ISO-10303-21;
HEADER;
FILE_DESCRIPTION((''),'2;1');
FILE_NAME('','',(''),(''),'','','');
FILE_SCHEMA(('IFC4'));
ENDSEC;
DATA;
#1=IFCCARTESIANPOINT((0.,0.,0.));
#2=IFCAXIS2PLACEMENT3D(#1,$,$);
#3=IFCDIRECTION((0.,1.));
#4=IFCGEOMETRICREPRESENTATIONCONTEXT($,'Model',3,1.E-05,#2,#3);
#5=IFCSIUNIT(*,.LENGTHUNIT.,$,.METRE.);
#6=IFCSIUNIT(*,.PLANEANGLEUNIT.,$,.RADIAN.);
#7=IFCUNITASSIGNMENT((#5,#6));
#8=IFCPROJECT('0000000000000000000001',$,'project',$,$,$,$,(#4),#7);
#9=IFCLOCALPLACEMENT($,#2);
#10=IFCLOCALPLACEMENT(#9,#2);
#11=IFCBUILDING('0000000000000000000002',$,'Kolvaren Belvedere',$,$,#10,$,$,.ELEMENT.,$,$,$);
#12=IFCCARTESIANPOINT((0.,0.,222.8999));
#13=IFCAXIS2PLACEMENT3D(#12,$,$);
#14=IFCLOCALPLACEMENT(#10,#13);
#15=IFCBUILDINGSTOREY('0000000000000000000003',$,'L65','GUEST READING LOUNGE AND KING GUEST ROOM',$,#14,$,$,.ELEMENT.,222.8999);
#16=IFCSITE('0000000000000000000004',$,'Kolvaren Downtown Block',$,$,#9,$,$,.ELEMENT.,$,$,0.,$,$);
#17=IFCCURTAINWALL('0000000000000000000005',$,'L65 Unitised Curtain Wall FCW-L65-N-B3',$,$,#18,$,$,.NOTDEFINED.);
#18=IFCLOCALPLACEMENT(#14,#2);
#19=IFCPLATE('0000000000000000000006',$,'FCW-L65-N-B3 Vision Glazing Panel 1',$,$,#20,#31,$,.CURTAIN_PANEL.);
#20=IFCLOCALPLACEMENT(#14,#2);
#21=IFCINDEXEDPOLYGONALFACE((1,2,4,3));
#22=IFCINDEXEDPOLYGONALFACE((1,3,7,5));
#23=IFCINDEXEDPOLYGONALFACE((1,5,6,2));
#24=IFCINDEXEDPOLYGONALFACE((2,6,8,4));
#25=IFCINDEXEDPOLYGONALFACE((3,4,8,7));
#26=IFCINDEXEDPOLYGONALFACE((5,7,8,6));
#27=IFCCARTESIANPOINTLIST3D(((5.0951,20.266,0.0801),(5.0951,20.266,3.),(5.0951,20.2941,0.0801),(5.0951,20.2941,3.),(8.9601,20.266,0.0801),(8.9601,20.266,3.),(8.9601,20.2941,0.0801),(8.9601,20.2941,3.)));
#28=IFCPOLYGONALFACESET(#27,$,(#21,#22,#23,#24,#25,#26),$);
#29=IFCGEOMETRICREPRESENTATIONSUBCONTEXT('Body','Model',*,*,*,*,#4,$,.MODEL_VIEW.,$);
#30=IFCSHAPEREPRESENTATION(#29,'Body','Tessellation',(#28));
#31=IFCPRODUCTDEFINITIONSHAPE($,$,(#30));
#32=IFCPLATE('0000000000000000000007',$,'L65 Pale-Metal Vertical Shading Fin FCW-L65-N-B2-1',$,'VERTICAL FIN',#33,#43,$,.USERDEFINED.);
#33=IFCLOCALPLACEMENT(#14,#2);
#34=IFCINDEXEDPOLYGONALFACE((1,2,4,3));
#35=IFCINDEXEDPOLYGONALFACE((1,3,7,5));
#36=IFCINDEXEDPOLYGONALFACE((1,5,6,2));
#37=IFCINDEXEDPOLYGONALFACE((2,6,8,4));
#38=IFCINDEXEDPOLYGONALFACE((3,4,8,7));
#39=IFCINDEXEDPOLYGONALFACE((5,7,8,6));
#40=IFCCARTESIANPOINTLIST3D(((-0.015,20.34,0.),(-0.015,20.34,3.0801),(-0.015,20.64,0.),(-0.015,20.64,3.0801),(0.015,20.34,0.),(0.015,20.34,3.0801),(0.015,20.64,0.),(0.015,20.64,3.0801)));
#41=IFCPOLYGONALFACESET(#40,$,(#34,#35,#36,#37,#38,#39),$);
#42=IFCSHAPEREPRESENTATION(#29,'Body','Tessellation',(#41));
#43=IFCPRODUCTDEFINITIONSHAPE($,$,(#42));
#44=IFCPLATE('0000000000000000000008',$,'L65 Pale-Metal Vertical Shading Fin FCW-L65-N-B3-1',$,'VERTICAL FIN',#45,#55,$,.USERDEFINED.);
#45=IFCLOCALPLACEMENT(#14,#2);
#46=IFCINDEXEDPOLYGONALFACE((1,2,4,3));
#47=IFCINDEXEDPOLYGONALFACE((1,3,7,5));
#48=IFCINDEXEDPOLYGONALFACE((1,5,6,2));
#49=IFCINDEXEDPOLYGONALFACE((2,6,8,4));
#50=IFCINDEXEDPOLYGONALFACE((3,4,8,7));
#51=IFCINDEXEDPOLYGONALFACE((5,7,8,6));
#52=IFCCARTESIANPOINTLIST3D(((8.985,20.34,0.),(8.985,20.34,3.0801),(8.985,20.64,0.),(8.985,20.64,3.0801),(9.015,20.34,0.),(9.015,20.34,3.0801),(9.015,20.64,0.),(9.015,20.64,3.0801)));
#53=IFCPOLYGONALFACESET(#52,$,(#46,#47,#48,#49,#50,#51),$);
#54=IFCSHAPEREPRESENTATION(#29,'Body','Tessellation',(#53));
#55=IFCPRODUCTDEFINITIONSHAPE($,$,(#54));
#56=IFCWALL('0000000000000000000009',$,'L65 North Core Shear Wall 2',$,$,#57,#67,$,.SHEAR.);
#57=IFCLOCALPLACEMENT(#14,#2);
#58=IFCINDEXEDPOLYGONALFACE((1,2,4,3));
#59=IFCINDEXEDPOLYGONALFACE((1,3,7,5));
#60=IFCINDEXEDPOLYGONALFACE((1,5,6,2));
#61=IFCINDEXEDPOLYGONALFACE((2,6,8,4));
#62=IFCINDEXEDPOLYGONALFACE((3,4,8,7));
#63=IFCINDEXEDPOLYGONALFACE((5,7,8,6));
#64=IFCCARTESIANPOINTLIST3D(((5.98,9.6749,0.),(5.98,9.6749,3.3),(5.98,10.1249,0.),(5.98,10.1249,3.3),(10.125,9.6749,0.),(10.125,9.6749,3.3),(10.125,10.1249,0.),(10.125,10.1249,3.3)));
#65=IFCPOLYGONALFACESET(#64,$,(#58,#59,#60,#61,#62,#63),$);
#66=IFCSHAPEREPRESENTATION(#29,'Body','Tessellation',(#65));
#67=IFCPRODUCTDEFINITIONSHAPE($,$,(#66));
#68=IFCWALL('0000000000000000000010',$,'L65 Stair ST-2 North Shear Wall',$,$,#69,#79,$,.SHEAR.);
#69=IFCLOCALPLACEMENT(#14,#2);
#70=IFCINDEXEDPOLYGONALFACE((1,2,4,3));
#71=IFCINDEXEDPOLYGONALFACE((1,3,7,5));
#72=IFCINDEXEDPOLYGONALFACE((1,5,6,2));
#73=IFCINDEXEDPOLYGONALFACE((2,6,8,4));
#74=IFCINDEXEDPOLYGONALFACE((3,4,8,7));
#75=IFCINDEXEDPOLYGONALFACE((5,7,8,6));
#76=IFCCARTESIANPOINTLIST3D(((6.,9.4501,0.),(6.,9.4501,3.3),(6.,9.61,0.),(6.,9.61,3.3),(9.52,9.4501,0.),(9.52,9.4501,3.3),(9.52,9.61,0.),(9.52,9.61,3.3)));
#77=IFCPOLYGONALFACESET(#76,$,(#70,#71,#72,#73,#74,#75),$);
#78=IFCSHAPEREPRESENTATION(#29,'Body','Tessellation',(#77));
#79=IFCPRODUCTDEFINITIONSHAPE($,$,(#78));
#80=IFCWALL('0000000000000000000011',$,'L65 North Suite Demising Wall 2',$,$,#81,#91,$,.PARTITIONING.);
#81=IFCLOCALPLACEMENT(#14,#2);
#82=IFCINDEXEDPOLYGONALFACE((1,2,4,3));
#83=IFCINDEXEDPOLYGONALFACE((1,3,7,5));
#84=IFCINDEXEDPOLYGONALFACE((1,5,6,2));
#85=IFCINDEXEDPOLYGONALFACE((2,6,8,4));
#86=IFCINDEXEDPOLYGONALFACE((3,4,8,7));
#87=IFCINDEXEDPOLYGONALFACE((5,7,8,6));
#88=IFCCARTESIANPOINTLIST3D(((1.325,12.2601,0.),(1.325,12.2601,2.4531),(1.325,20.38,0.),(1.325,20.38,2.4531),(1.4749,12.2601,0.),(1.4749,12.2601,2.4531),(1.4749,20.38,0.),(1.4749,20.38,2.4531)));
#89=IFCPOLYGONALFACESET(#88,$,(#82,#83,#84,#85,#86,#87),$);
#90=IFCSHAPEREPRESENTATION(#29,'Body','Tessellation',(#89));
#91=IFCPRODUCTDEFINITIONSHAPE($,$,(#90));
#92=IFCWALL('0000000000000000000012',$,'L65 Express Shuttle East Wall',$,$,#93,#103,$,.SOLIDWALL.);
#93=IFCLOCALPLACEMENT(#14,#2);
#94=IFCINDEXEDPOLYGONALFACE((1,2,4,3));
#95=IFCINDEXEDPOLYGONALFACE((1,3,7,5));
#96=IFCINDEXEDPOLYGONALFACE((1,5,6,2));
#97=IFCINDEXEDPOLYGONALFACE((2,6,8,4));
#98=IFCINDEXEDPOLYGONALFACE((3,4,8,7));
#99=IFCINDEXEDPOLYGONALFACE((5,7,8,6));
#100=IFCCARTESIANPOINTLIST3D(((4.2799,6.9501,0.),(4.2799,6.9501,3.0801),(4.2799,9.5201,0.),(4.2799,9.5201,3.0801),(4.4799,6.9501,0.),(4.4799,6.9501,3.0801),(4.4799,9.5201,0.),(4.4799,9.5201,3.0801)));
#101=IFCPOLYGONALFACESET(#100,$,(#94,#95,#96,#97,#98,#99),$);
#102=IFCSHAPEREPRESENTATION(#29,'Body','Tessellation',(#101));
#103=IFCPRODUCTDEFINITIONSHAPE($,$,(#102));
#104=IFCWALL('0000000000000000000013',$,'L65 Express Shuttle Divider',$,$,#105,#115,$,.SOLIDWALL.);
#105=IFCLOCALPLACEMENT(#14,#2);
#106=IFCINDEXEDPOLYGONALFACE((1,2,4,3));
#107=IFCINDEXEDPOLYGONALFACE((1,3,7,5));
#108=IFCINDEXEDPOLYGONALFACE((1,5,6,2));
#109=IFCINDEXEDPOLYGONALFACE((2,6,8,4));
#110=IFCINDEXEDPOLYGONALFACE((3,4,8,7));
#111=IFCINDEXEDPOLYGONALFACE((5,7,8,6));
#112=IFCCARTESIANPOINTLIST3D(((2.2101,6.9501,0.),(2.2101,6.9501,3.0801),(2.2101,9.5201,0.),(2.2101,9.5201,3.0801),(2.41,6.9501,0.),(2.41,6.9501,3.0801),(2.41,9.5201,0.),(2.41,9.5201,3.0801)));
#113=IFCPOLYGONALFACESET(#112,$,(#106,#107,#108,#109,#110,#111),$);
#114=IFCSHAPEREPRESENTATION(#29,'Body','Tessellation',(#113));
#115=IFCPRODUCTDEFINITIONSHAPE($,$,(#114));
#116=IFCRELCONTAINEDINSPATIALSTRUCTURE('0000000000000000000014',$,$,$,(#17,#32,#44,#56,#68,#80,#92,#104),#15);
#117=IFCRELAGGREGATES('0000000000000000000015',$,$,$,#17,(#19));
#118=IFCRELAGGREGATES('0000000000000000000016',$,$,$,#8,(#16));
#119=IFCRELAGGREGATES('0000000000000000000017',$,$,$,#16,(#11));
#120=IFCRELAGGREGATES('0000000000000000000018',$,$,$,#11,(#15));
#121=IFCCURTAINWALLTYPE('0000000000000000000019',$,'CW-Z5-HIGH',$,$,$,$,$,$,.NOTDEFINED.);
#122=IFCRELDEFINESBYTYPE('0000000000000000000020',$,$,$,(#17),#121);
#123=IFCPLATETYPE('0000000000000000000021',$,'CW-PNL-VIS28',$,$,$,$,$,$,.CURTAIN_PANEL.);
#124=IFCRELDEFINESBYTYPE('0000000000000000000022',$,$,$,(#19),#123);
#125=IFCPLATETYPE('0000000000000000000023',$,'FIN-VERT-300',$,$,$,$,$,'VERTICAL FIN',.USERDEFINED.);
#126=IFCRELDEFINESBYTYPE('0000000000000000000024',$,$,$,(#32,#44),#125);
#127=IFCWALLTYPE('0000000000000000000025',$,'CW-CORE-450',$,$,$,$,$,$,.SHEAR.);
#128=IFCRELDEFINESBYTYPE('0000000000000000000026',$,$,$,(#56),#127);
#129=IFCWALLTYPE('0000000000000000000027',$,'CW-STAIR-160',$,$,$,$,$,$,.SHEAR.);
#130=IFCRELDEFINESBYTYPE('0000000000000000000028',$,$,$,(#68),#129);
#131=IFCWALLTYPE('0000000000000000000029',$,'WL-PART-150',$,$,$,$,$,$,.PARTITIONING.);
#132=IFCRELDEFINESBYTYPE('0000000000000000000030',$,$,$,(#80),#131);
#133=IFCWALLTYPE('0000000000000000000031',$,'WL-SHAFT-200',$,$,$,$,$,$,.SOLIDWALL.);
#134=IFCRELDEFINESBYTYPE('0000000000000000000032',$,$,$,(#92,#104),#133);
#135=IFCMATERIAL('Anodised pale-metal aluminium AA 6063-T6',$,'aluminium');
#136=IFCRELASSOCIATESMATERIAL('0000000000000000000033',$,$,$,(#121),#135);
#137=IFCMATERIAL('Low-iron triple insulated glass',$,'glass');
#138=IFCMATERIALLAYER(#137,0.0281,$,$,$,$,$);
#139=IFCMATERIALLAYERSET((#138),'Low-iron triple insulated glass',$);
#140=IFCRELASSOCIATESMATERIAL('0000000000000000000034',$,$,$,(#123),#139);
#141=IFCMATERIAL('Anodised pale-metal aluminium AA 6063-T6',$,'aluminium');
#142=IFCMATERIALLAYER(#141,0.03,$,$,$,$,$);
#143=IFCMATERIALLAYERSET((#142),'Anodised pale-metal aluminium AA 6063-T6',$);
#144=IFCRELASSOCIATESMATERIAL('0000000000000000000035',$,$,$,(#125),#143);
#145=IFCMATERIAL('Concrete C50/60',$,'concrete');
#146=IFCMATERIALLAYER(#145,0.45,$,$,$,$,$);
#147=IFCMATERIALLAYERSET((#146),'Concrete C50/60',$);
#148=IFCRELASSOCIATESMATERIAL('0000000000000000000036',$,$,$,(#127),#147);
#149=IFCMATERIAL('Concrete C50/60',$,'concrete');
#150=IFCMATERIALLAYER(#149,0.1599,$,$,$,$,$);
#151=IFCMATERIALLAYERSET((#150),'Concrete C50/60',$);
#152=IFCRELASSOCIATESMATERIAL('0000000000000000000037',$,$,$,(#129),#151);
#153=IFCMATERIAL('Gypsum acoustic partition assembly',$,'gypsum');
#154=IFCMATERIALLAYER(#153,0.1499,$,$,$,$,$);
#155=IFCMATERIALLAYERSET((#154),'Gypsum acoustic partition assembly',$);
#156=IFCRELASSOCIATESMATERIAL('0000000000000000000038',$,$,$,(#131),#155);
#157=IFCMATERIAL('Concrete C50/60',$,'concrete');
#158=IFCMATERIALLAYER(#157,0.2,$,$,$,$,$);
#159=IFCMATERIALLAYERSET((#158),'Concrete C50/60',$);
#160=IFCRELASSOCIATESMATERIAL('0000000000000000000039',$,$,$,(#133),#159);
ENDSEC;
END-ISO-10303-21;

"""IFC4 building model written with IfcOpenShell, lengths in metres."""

from ifc_helpers import new_model, si_unit, direction, frame, frame_2d, origin, origin_2d, place, context, subcontext, project, spatial, rectangle, extrude, material, layer, layer_set, type_object, element, aggregate, save


model = new_model("IFC4")

# Units and contexts
model_context = context("Model", 3, precision=1e-05, world=origin(), true_north=direction((0.0, 1.0)))
body_context = subcontext(model_context, "Body", "Model", "MODEL_VIEW")
ifc_project = project(units=[si_unit("LENGTHUNIT", "METRE"), si_unit("PLANEANGLEUNIT", "RADIAN")], contexts=[model_context])

# Site, building, storey
site_placement = place(None, origin())
site = spatial("IfcSite", under=ifc_project, at=site_placement, Name="Kolvaren Downtown Block", CompositionType="ELEMENT", RefElevation=0.0)
building_placement = place(site_placement, origin())
building = spatial("IfcBuilding", under=site, at=building_placement, Name="Kolvaren Belvedere", CompositionType="ELEMENT")
storey_placement = place(building_placement, frame((0.0, 0.0, 222.8999)))
storey = spatial("IfcBuildingStorey", under=building, at=storey_placement, Name="L65", Description="GUEST READING LOUNGE AND KING GUEST ROOM", CompositionType="ELEMENT", Elevation=222.8999)

# Curtain wall
ifc_material_1 = material(Name="Anodised pale-metal aluminium AA 6063-T6", Category="aluminium")
curtain_wall_type = type_object("IfcCurtainWallType", Name="CW-Z5-HIGH", PredefinedType="NOTDEFINED", material=ifc_material_1)
curtain_wall_1_placement = place(storey_placement, origin())
curtain_wall_1 = element("IfcCurtainWall", 1, at=curtain_wall_1_placement, inside=storey, type_object=curtain_wall_type, Name="L65 Unitised Curtain Wall FCW-L65-N-B3", PredefinedType="NOTDEFINED")

# Plate
ifc_material_2 = material(Name="Low-iron triple insulated glass", Category="glass")
ifc_layer_1 = layer(ifc_material_2, 0.0281)
ifc_layer_set_1 = layer_set([ifc_layer_1], Name="Low-iron triple insulated glass")
plate_type_1 = type_object("IfcPlateType", Name="CW-PNL-VIS28", PredefinedType="CURTAIN_PANEL", material=ifc_layer_set_1)
plate_1_placement = place(storey_placement, frame((7.0276, 20.28, 0.0801), z_axis=(0.0, 0.0, 1.0), x_axis=(1.0, 0.0, 0.0)))
plate_1 = element("IfcPlate", 2, at=plate_1_placement, type_object=plate_type_1, Name="FCW-L65-N-B3 Vision Glazing Panel 1", PredefinedType="CURTAIN_PANEL", context=body_context, shape_type="SweptSolid", body=[
    extrude(rectangle(XDim=3.865, YDim=0.0281, at=origin_2d()), origin(), (0.0, 0.0, 1.0), 2.9199),
])
aggregate(curtain_wall_1, [plate_1])

# Plates
ifc_material_3 = material(Name="Anodised pale-metal aluminium AA 6063-T6", Category="aluminium")
ifc_layer_2 = layer(ifc_material_3, 0.03)
ifc_layer_set_2 = layer_set([ifc_layer_2], Name="Anodised pale-metal aluminium AA 6063-T6")
plate_type_2 = type_object("IfcPlateType", Name="FIN-VERT-300", ElementType="VERTICAL FIN", PredefinedType="USERDEFINED", material=ifc_layer_set_2)
for number, where, z_axis, x_axis, name in (
    (3, (0.0, 20.49, 0.0), (0.0, 0.0, 1.0), (0.0, 1.0, 0.0), "L65 Pale-Metal Vertical Shading Fin FCW-L65-N-B2-1"),
    (4, (9.0, 20.49, 0.0), (0.0, 0.0, 1.0), (0.0, 1.0, 0.0), "L65 Pale-Metal Vertical Shading Fin FCW-L65-N-B3-1"),
):
    element("IfcPlate", number, at=place(storey_placement, frame(where, z_axis=z_axis, x_axis=x_axis)), inside=storey, type_object=plate_type_2, Name=name, ObjectType="VERTICAL FIN", PredefinedType="USERDEFINED", context=body_context, shape_type="SweptSolid", body=[
        extrude(rectangle(XDim=0.3, YDim=0.03, at=origin_2d()), origin(), (0.0, 0.0, 1.0), 3.0801),
    ])

# Walls
ifc_material_4 = material(Name="Concrete C50/60", Category="concrete")
ifc_layer_3 = layer(ifc_material_4, 0.45)
ifc_layer_set_3 = layer_set([ifc_layer_3], Name="Concrete C50/60")
wall_type_1 = type_object("IfcWallType", Name="CW-CORE-450", PredefinedType="SHEAR", material=ifc_layer_set_3)
wall_1_placement = place(storey_placement, frame((5.98, 9.8999, 0.0), z_axis=(0.0, 0.0, 1.0), x_axis=(1.0, 0.0, 0.0)))
element("IfcWall", 5, at=wall_1_placement, inside=storey, type_object=wall_type_1, Name="L65 North Core Shear Wall 2", PredefinedType="SHEAR", context=body_context, shape_type="SweptSolid", body=[
    extrude(rectangle(XDim=4.145, YDim=0.45, at=frame_2d((2.0725, 0.0))), origin(), (0.0, 0.0, 1.0), 3.3),
])
ifc_material_5 = material(Name="Concrete C50/60", Category="concrete")
ifc_layer_4 = layer(ifc_material_5, 0.1599)
ifc_layer_set_4 = layer_set([ifc_layer_4], Name="Concrete C50/60")
wall_type_2 = type_object("IfcWallType", Name="CW-STAIR-160", PredefinedType="SHEAR", material=ifc_layer_set_4)
wall_2_placement = place(storey_placement, frame((6.0, 9.53, 0.0), z_axis=(0.0, 0.0, 1.0), x_axis=(1.0, 0.0, 0.0)))
element("IfcWall", 6, at=wall_2_placement, inside=storey, type_object=wall_type_2, Name="L65 Stair ST-2 North Shear Wall", PredefinedType="SHEAR", context=body_context, shape_type="SweptSolid", body=[
    extrude(rectangle(XDim=3.52, YDim=0.1599, at=frame_2d((1.76, 0.0))), origin(), (0.0, 0.0, 1.0), 3.3),
])
ifc_material_6 = material(Name="Gypsum acoustic partition assembly", Category="gypsum")
ifc_layer_5 = layer(ifc_material_6, 0.1499)
ifc_layer_set_5 = layer_set([ifc_layer_5], Name="Gypsum acoustic partition assembly")
wall_type_3 = type_object("IfcWallType", Name="WL-PART-150", PredefinedType="PARTITIONING", material=ifc_layer_set_5)
wall_3_placement = place(storey_placement, frame((1.3999, 12.26, 0.0), z_axis=(0.0, 0.0, 1.0), x_axis=(0.0, 1.0, 0.0)))
element("IfcWall", 7, at=wall_3_placement, inside=storey, type_object=wall_type_3, Name="L65 North Suite Demising Wall 2", PredefinedType="PARTITIONING", context=body_context, shape_type="SweptSolid", body=[
    extrude(rectangle(XDim=8.1199, YDim=0.1499, at=frame_2d((4.0601, 0.0))), origin(), (0.0, 0.0, 1.0), 2.4531),
])
ifc_material_7 = material(Name="Concrete C50/60", Category="concrete")
ifc_layer_6 = layer(ifc_material_7, 0.2)
ifc_layer_set_6 = layer_set([ifc_layer_6], Name="Concrete C50/60")
wall_type_4 = type_object("IfcWallType", Name="WL-SHAFT-200", PredefinedType="SOLIDWALL", material=ifc_layer_set_6)
for number, where, z_axis, x_axis, name in (
    (8, (4.3799, 6.95, 0.0), (0.0, 0.0, 1.0), (0.0, 1.0, 0.0), "L65 Express Shuttle East Wall"),
    (9, (2.3101, 6.95, 0.0), (0.0, 0.0, 1.0), (0.0, 1.0, 0.0), "L65 Express Shuttle Divider"),
):
    element("IfcWall", number, at=place(storey_placement, frame(where, z_axis=z_axis, x_axis=x_axis)), inside=storey, type_object=wall_type_4, Name=name, PredefinedType="SOLIDWALL", context=body_context, shape_type="SweptSolid", body=[
        extrude(rectangle(XDim=2.5701, YDim=0.2, at=frame_2d((1.2852, 0.0))), origin(), (0.0, 0.0, 1.0), 3.0801),
    ])

save(model, "model.ifc")
